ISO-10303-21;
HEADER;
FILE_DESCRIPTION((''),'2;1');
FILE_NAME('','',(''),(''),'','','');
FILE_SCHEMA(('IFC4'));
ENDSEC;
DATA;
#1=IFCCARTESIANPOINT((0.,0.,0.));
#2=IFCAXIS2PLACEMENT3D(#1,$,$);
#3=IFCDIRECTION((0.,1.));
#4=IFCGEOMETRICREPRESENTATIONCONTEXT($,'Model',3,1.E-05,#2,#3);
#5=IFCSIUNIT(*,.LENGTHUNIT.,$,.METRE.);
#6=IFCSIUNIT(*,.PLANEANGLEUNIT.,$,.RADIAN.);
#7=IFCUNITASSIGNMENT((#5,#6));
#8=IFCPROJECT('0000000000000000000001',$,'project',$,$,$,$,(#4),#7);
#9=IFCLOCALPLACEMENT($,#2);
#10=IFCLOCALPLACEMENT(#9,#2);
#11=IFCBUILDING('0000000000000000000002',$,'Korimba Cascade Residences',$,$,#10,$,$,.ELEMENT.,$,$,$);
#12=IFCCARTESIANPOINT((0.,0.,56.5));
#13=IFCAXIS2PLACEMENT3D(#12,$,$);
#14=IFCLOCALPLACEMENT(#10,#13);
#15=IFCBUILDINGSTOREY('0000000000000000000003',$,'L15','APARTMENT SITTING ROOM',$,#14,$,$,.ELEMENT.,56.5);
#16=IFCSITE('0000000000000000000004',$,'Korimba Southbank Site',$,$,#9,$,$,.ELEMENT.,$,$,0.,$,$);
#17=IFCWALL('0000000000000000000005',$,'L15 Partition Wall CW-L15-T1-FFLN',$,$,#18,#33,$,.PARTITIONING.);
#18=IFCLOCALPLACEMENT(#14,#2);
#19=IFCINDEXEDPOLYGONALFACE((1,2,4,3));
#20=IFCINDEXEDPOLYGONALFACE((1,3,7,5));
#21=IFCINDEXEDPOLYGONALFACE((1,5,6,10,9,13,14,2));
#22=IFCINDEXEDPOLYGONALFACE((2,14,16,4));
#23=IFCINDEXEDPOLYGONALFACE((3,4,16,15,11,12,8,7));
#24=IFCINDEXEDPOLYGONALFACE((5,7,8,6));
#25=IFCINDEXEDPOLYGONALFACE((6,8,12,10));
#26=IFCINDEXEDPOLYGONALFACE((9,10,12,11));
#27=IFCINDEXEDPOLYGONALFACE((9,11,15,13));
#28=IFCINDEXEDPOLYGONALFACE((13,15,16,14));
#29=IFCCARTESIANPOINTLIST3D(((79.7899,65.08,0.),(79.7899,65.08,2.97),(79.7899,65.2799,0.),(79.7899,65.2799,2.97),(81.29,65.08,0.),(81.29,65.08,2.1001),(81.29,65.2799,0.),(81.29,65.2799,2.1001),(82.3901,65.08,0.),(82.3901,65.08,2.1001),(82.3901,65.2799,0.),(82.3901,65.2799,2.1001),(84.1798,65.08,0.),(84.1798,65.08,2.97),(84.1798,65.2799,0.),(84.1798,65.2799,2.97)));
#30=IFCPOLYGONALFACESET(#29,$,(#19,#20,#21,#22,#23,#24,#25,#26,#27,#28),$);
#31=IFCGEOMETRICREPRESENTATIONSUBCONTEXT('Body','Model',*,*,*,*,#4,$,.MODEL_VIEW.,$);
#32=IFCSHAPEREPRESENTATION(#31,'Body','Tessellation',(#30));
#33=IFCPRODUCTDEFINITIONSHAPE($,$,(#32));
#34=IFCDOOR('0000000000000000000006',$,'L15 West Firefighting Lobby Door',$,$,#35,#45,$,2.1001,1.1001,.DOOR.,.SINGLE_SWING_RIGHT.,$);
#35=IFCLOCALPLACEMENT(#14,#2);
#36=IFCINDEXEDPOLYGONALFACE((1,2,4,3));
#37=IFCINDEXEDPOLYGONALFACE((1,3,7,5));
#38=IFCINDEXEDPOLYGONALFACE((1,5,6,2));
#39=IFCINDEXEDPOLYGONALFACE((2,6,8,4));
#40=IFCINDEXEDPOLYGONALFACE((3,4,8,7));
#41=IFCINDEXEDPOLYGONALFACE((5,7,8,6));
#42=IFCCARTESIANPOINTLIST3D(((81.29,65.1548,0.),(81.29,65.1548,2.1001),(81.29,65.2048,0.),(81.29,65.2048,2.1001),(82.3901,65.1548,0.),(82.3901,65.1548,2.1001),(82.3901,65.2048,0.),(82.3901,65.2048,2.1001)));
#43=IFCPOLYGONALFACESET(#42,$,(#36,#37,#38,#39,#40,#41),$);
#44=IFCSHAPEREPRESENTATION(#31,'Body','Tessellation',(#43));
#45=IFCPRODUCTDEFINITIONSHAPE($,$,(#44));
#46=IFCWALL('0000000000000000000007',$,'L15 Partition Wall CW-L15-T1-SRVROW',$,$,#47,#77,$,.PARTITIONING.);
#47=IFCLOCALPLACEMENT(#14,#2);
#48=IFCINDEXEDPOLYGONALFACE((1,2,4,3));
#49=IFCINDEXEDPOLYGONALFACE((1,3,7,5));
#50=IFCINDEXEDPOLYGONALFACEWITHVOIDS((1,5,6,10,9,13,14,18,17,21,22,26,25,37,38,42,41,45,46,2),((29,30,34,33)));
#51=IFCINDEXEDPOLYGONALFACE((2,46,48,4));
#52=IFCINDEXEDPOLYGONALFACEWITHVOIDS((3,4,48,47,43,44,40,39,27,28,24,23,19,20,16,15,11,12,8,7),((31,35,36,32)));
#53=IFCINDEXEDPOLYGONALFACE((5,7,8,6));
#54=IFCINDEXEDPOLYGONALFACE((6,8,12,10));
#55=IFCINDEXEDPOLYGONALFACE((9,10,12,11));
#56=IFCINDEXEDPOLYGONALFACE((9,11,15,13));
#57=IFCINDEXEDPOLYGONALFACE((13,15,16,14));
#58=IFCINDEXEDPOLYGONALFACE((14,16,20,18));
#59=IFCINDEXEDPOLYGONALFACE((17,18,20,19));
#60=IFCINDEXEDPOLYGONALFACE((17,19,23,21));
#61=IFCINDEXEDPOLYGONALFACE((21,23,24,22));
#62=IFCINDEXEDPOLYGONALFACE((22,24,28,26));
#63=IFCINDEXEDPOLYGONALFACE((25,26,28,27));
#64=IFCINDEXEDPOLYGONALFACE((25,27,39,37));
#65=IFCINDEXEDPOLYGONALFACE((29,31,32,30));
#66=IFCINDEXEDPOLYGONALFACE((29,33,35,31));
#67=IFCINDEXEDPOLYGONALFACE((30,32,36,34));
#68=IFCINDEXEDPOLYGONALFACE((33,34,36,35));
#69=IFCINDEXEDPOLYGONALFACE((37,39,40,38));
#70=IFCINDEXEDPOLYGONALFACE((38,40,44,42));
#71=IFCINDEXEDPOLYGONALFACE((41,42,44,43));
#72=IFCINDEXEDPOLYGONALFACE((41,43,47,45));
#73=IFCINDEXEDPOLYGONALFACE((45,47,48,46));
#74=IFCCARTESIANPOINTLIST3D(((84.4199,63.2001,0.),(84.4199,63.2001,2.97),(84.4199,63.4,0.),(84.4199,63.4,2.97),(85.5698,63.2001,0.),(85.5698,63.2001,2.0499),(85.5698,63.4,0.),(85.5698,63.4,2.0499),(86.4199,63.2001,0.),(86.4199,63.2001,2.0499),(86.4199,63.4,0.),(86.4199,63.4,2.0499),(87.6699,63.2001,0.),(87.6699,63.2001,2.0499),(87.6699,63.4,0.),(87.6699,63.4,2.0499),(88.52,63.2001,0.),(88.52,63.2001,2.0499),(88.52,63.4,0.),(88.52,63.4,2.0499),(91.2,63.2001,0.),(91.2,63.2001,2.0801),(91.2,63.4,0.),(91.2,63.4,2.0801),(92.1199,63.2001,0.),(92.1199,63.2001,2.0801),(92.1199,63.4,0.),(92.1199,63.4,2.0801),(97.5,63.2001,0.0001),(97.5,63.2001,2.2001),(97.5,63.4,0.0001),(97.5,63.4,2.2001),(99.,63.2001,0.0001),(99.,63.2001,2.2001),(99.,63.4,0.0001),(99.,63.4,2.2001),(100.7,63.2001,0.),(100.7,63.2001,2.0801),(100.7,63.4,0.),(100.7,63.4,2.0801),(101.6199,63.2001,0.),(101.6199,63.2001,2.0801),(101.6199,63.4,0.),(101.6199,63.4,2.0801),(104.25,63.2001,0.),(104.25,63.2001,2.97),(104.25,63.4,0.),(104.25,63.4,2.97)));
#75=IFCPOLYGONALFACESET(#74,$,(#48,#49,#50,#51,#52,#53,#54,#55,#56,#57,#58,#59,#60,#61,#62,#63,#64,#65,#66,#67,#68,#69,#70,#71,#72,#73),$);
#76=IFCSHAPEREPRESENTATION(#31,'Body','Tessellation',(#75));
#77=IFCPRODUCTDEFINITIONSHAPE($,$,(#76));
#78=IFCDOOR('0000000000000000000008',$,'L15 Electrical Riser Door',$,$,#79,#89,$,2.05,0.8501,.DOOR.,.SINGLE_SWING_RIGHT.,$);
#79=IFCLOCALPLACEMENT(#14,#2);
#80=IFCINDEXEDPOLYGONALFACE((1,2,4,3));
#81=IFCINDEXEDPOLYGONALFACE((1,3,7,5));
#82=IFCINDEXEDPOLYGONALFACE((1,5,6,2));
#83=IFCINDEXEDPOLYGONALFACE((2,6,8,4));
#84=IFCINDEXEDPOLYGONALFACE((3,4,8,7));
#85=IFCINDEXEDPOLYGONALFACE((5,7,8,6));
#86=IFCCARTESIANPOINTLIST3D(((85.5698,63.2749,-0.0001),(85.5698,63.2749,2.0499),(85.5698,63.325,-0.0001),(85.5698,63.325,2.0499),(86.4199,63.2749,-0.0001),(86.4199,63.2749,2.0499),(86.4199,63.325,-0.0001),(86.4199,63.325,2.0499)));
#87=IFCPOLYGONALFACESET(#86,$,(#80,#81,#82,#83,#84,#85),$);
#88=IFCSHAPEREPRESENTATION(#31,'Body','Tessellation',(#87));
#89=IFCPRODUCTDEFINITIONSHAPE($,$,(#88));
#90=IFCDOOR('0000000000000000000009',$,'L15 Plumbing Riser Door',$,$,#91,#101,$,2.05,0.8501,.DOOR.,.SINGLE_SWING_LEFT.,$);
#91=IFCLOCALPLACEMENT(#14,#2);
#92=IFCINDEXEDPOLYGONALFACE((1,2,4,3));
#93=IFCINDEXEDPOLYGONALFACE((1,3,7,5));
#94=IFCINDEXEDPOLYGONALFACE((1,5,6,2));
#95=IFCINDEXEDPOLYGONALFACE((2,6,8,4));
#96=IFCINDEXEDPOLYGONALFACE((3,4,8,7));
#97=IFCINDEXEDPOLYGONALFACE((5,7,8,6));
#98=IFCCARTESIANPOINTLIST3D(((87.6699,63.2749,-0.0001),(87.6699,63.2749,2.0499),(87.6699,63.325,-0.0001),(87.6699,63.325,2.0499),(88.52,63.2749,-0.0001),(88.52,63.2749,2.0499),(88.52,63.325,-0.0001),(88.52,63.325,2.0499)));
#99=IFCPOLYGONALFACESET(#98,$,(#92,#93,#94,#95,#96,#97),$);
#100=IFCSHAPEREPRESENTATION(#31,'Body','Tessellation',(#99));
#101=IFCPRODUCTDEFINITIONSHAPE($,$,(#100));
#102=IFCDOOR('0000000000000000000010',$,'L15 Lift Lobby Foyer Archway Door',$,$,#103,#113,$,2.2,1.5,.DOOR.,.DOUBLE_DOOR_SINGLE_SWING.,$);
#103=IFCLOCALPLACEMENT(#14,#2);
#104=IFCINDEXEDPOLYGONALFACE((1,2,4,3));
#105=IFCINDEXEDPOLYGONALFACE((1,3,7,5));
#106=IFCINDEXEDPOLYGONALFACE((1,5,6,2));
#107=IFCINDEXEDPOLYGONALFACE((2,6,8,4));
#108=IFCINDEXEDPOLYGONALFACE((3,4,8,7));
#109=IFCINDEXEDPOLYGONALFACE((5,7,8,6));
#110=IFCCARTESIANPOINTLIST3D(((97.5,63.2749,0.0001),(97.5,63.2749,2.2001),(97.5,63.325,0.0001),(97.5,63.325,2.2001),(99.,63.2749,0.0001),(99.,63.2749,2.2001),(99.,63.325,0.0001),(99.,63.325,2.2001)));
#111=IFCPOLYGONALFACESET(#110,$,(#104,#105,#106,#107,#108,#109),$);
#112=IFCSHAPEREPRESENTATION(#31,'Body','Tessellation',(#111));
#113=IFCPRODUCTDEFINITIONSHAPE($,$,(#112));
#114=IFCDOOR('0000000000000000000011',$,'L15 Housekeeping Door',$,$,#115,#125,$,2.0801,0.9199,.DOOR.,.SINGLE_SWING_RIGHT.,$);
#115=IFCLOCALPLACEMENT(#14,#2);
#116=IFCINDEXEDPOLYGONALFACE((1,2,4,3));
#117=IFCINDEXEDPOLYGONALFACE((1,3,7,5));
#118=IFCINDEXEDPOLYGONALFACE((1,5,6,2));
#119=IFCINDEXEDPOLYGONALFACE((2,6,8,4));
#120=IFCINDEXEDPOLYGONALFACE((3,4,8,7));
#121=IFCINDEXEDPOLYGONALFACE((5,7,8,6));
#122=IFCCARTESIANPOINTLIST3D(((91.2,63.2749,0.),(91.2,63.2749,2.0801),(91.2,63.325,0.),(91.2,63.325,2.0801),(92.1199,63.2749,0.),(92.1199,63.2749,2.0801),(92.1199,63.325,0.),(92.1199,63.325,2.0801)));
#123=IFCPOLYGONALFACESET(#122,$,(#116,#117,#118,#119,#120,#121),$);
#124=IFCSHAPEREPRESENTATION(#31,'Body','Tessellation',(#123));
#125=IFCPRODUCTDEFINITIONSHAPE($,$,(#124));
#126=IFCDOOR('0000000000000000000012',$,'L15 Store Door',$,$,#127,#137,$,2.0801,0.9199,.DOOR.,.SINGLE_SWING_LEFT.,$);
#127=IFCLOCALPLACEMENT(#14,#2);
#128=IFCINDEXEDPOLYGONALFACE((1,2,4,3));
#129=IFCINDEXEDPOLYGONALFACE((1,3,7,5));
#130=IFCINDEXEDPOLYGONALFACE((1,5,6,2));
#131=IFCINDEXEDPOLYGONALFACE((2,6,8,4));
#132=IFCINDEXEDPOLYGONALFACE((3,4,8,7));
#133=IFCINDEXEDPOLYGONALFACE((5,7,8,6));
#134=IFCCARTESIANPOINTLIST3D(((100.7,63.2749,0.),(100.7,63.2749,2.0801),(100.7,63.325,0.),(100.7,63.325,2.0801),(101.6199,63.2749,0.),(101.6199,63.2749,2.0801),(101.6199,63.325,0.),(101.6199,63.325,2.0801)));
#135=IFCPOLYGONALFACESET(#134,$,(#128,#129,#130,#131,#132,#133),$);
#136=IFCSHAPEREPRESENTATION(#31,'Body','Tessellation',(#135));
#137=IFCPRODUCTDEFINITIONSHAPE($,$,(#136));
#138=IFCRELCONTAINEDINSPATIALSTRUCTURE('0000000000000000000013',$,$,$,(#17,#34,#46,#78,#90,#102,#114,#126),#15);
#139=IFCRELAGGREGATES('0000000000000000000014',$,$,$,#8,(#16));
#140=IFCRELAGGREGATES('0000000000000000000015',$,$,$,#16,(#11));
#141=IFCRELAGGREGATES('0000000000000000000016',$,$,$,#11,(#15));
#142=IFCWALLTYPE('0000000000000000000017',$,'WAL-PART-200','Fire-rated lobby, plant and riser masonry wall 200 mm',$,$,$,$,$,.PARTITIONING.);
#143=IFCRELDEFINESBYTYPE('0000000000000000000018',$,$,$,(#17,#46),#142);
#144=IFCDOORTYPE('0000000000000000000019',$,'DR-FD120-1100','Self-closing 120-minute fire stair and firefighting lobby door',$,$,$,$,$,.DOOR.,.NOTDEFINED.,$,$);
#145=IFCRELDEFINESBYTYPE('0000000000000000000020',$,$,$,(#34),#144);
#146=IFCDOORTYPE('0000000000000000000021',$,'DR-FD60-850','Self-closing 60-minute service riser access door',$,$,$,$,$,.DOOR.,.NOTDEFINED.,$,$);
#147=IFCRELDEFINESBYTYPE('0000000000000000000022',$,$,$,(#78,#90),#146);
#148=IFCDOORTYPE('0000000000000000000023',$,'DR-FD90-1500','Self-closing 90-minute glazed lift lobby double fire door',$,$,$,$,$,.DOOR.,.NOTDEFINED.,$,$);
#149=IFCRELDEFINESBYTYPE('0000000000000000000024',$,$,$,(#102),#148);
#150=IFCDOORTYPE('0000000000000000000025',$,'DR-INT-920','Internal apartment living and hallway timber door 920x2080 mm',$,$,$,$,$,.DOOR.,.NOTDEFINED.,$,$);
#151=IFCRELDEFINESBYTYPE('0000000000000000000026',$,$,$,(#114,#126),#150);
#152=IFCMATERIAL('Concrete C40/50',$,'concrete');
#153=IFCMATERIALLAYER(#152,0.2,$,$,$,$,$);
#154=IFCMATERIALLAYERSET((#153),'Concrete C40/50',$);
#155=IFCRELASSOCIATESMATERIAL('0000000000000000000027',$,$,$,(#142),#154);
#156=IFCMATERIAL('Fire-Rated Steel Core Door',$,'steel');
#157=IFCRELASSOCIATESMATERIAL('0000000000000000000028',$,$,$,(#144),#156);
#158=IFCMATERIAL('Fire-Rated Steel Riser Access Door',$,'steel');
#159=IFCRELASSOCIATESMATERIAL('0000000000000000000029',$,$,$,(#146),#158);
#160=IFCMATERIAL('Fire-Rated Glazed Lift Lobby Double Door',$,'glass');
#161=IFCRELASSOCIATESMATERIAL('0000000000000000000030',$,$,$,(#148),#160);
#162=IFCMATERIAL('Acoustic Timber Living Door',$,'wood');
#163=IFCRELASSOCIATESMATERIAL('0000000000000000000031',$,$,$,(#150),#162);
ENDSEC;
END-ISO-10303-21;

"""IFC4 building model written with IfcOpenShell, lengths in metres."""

from ifc_helpers import new_model, si_unit, direction, frame, frame_2d, origin, place, context, subcontext, project, spatial, rectangle, extrude, material, layer, layer_set, type_object, element, fill, save


model = new_model("IFC4")

# Units and contexts
model_context = context("Model", 3, precision=1e-05, world=origin(), true_north=direction((0.0, 1.0)))
body_context = subcontext(model_context, "Body", "Model", "MODEL_VIEW")
ifc_project = project(units=[si_unit("LENGTHUNIT", "METRE"), si_unit("PLANEANGLEUNIT", "RADIAN")], contexts=[model_context])

# Site, building, storey
site_placement = place(None, origin())
site = spatial("IfcSite", under=ifc_project, at=site_placement, Name="Korimba Southbank Site", CompositionType="ELEMENT", RefElevation=0.0)
building_placement = place(site_placement, origin())
building = spatial("IfcBuilding", under=site, at=building_placement, Name="Korimba Cascade Residences", CompositionType="ELEMENT")
storey_placement = place(building_placement, frame((0.0, 0.0, 56.5)))
storey = spatial("IfcBuildingStorey", under=building, at=storey_placement, Name="L15", Description="APARTMENT SITTING ROOM", CompositionType="ELEMENT", Elevation=56.5)

# Wall, opening, door
ifc_material_1 = material(Name="Concrete C40/50", Category="concrete")
ifc_layer = layer(ifc_material_1, 0.2)
ifc_layer_set = layer_set([ifc_layer], Name="Concrete C40/50")
wall_type = type_object("IfcWallType", Name="WAL-PART-200", Description="Fire-rated lobby, plant and riser masonry wall 200 mm", PredefinedType="PARTITIONING", material=ifc_layer_set)
wall_1_placement = place(storey_placement, frame((79.79, 65.1799, 0.0), z_axis=(0.0, 0.0, 1.0), x_axis=(1.0, 0.0, 0.0)))
wall_1 = element("IfcWall", 1, at=wall_1_placement, inside=storey, type_object=wall_type, Name="L15 Partition Wall CW-L15-T1-FFLN", PredefinedType="PARTITIONING", context=body_context, shape_type="SweptSolid", body=[
    extrude(rectangle(XDim=4.3899, YDim=0.2, at=frame_2d((2.1948, 0.0))), origin(), (0.0, 0.0, 1.0), 2.97),
])
opening_1_placement = place(wall_1_placement, frame((1.5, 0.0, 0.0)))
opening_1 = element("IfcOpeningElement", 2, at=opening_1_placement, cuts=wall_1, PredefinedType="OPENING", context=body_context, shape_type="SweptSolid", body=[
    extrude(rectangle(XDim=1.1001, YDim=2.1001, at=frame_2d((0.55, 1.05))), frame((0.0, 0.1099, 0.0), z_axis=(0.0, -1.0, 0.0), x_axis=(1.0, 0.0, 0.0)), (0.0, 0.0, 1.0), 0.22),
])
ifc_material_2 = material(Name="Fire-Rated Steel Core Door", Category="steel")
door_type_1 = type_object("IfcDoorType", Name="DR-FD120-1100", Description="Self-closing 120-minute fire stair and firefighting lobby door", OperationType="NOTDEFINED", PredefinedType="DOOR", material=ifc_material_2)
door_1_placement = place(opening_1_placement, origin())
door_1 = element("IfcDoor", 3, at=door_1_placement, inside=storey, type_object=door_type_1, Name="L15 West Firefighting Lobby Door", OperationType="SINGLE_SWING_RIGHT", OverallHeight=2.1001, OverallWidth=1.1001, PredefinedType="DOOR", context=body_context, shape_type="SweptSolid", body=[
    extrude(rectangle(XDim=1.1001, YDim=2.1001, at=frame_2d((0.55, 1.05))), frame((0.0, 0.0249, 0.0), z_axis=(0.0, -1.0, 0.0), x_axis=(1.0, 0.0, 0.0)), (0.0, 0.0, 1.0), 0.05),
])
fill(opening_1, door_1)

# Wall, openings, doors
wall_2_placement = place(storey_placement, frame((84.4199, 63.3, 0.0), z_axis=(0.0, 0.0, 1.0), x_axis=(1.0, 0.0, 0.0)))
wall_2 = element("IfcWall", 4, at=wall_2_placement, inside=storey, type_object=wall_type, Name="L15 Partition Wall CW-L15-T1-SRVROW", PredefinedType="PARTITIONING", context=body_context, shape_type="SweptSolid", body=[
    extrude(rectangle(XDim=19.8301, YDim=0.2, at=frame_2d((9.915, 0.0))), origin(), (0.0, 0.0, 1.0), 2.97),
])
opening_2_placement = place(wall_2_placement, frame((1.1499, 0.0, 0.0)))
opening_2 = element("IfcOpeningElement", 5, at=opening_2_placement, cuts=wall_2, PredefinedType="OPENING", context=body_context, shape_type="SweptSolid", body=[
    extrude(rectangle(XDim=0.8501, YDim=2.05, at=frame_2d((0.425, 1.0249))), frame((0.0, 0.1099, 0.0), z_axis=(0.0, -1.0, 0.0), x_axis=(1.0, 0.0, 0.0)), (0.0, 0.0, 1.0), 0.22),
])
opening_3_placement = place(wall_2_placement, frame((3.25, 0.0, 0.0)))
opening_3 = element("IfcOpeningElement", 6, at=opening_3_placement, cuts=wall_2, PredefinedType="OPENING", context=body_context, shape_type="SweptSolid", body=[
    extrude(rectangle(XDim=0.8501, YDim=2.05, at=frame_2d((0.425, 1.0249))), frame((0.0, 0.1099, 0.0), z_axis=(0.0, -1.0, 0.0), x_axis=(1.0, 0.0, 0.0)), (0.0, 0.0, 1.0), 0.22),
])
opening_4_placement = place(wall_2_placement, frame((13.0801, 0.0, 0.0)))
opening_4 = element("IfcOpeningElement", 7, at=opening_4_placement, cuts=wall_2, PredefinedType="OPENING", context=body_context, shape_type="SweptSolid", body=[
    extrude(rectangle(XDim=1.5, YDim=2.2, at=frame_2d((0.75, 1.1001))), frame((0.0, 0.1099, 0.0), z_axis=(0.0, -1.0, 0.0), x_axis=(1.0, 0.0, 0.0)), (0.0, 0.0, 1.0), 0.22),
])
opening_5_placement = place(wall_2_placement, frame((6.78, 0.0, 0.0)))
opening_5 = element("IfcOpeningElement", 8, at=opening_5_placement, cuts=wall_2, PredefinedType="OPENING", context=body_context, shape_type="SweptSolid", body=[
    extrude(rectangle(XDim=0.9199, YDim=2.0801, at=frame_2d((0.46, 1.04))), frame((0.0, 0.1099, 0.0), z_axis=(0.0, -1.0, 0.0), x_axis=(1.0, 0.0, 0.0)), (0.0, 0.0, 1.0), 0.22),
])
opening_6_placement = place(wall_2_placement, frame((16.28, 0.0, 0.0)))
opening_6 = element("IfcOpeningElement", 9, at=opening_6_placement, cuts=wall_2, PredefinedType="OPENING", context=body_context, shape_type="SweptSolid", body=[
    extrude(rectangle(XDim=0.9199, YDim=2.0801, at=frame_2d((0.46, 1.04))), frame((0.0, 0.1099, 0.0), z_axis=(0.0, -1.0, 0.0), x_axis=(1.0, 0.0, 0.0)), (0.0, 0.0, 1.0), 0.22),
])
ifc_material_3 = material(Name="Fire-Rated Steel Riser Access Door", Category="steel")
door_type_2 = type_object("IfcDoorType", Name="DR-FD60-850", Description="Self-closing 60-minute service riser access door", OperationType="NOTDEFINED", PredefinedType="DOOR", material=ifc_material_3)
door_2_placement = place(opening_2_placement, origin())
door_2 = element("IfcDoor", 10, at=door_2_placement, inside=storey, type_object=door_type_2, Name="L15 Electrical Riser Door", OperationType="SINGLE_SWING_RIGHT", OverallHeight=2.05, OverallWidth=0.8501, PredefinedType="DOOR", context=body_context, shape_type="SweptSolid", body=[
    extrude(rectangle(XDim=0.8501, YDim=2.05, at=frame_2d((0.425, 1.0249))), frame((0.0, 0.0249, 0.0), z_axis=(0.0, -1.0, 0.0), x_axis=(1.0, 0.0, 0.0)), (0.0, 0.0, 1.0), 0.05),
])
fill(opening_2, door_2)
door_3_placement = place(opening_3_placement, origin())
door_3 = element("IfcDoor", 11, at=door_3_placement, inside=storey, type_object=door_type_2, Name="L15 Plumbing Riser Door", OperationType="SINGLE_SWING_LEFT", OverallHeight=2.05, OverallWidth=0.8501, PredefinedType="DOOR", context=body_context, shape_type="SweptSolid", body=[
    extrude(rectangle(XDim=0.8501, YDim=2.05, at=frame_2d((0.425, 1.0249))), frame((0.0, 0.0249, 0.0), z_axis=(0.0, -1.0, 0.0), x_axis=(1.0, 0.0, 0.0)), (0.0, 0.0, 1.0), 0.05),
])
fill(opening_3, door_3)
ifc_material_4 = material(Name="Fire-Rated Glazed Lift Lobby Double Door", Category="glass")
door_type_3 = type_object("IfcDoorType", Name="DR-FD90-1500", Description="Self-closing 90-minute glazed lift lobby double fire door", OperationType="NOTDEFINED", PredefinedType="DOOR", material=ifc_material_4)
door_4_placement = place(opening_4_placement, origin())
door_4 = element("IfcDoor", 12, at=door_4_placement, inside=storey, type_object=door_type_3, Name="L15 Lift Lobby Foyer Archway Door", OperationType="DOUBLE_DOOR_SINGLE_SWING", OverallHeight=2.2, OverallWidth=1.5, PredefinedType="DOOR", context=body_context, shape_type="SweptSolid", body=[
    extrude(rectangle(XDim=1.5, YDim=2.2, at=frame_2d((0.75, 1.1001))), frame((0.0, 0.0249, 0.0), z_axis=(0.0, -1.0, 0.0), x_axis=(1.0, 0.0, 0.0)), (0.0, 0.0, 1.0), 0.05),
])
fill(opening_4, door_4)
ifc_material_5 = material(Name="Acoustic Timber Living Door", Category="wood")
door_type_4 = type_object("IfcDoorType", Name="DR-INT-920", Description="Internal apartment living and hallway timber door 920x2080 mm", OperationType="NOTDEFINED", PredefinedType="DOOR", material=ifc_material_5)
door_5_placement = place(opening_5_placement, origin())
door_5 = element("IfcDoor", 13, at=door_5_placement, inside=storey, type_object=door_type_4, Name="L15 Housekeeping Door", OperationType="SINGLE_SWING_RIGHT", OverallHeight=2.0801, OverallWidth=0.9199, PredefinedType="DOOR", context=body_context, shape_type="SweptSolid", body=[
    extrude(rectangle(XDim=0.9199, YDim=2.0801, at=frame_2d((0.46, 1.04))), frame((0.0, 0.0249, 0.0), z_axis=(0.0, -1.0, 0.0), x_axis=(1.0, 0.0, 0.0)), (0.0, 0.0, 1.0), 0.05),
])
fill(opening_5, door_5)
door_6_placement = place(opening_6_placement, origin())
door_6 = element("IfcDoor", 14, at=door_6_placement, inside=storey, type_object=door_type_4, Name="L15 Store Door", OperationType="SINGLE_SWING_LEFT", OverallHeight=2.0801, OverallWidth=0.9199, PredefinedType="DOOR", context=body_context, shape_type="SweptSolid", body=[
    extrude(rectangle(XDim=0.9199, YDim=2.0801, at=frame_2d((0.46, 1.04))), frame((0.0, 0.0249, 0.0), z_axis=(0.0, -1.0, 0.0), x_axis=(1.0, 0.0, 0.0)), (0.0, 0.0, 1.0), 0.05),
])
fill(opening_6, door_6)

save(model, "model.ifc")
